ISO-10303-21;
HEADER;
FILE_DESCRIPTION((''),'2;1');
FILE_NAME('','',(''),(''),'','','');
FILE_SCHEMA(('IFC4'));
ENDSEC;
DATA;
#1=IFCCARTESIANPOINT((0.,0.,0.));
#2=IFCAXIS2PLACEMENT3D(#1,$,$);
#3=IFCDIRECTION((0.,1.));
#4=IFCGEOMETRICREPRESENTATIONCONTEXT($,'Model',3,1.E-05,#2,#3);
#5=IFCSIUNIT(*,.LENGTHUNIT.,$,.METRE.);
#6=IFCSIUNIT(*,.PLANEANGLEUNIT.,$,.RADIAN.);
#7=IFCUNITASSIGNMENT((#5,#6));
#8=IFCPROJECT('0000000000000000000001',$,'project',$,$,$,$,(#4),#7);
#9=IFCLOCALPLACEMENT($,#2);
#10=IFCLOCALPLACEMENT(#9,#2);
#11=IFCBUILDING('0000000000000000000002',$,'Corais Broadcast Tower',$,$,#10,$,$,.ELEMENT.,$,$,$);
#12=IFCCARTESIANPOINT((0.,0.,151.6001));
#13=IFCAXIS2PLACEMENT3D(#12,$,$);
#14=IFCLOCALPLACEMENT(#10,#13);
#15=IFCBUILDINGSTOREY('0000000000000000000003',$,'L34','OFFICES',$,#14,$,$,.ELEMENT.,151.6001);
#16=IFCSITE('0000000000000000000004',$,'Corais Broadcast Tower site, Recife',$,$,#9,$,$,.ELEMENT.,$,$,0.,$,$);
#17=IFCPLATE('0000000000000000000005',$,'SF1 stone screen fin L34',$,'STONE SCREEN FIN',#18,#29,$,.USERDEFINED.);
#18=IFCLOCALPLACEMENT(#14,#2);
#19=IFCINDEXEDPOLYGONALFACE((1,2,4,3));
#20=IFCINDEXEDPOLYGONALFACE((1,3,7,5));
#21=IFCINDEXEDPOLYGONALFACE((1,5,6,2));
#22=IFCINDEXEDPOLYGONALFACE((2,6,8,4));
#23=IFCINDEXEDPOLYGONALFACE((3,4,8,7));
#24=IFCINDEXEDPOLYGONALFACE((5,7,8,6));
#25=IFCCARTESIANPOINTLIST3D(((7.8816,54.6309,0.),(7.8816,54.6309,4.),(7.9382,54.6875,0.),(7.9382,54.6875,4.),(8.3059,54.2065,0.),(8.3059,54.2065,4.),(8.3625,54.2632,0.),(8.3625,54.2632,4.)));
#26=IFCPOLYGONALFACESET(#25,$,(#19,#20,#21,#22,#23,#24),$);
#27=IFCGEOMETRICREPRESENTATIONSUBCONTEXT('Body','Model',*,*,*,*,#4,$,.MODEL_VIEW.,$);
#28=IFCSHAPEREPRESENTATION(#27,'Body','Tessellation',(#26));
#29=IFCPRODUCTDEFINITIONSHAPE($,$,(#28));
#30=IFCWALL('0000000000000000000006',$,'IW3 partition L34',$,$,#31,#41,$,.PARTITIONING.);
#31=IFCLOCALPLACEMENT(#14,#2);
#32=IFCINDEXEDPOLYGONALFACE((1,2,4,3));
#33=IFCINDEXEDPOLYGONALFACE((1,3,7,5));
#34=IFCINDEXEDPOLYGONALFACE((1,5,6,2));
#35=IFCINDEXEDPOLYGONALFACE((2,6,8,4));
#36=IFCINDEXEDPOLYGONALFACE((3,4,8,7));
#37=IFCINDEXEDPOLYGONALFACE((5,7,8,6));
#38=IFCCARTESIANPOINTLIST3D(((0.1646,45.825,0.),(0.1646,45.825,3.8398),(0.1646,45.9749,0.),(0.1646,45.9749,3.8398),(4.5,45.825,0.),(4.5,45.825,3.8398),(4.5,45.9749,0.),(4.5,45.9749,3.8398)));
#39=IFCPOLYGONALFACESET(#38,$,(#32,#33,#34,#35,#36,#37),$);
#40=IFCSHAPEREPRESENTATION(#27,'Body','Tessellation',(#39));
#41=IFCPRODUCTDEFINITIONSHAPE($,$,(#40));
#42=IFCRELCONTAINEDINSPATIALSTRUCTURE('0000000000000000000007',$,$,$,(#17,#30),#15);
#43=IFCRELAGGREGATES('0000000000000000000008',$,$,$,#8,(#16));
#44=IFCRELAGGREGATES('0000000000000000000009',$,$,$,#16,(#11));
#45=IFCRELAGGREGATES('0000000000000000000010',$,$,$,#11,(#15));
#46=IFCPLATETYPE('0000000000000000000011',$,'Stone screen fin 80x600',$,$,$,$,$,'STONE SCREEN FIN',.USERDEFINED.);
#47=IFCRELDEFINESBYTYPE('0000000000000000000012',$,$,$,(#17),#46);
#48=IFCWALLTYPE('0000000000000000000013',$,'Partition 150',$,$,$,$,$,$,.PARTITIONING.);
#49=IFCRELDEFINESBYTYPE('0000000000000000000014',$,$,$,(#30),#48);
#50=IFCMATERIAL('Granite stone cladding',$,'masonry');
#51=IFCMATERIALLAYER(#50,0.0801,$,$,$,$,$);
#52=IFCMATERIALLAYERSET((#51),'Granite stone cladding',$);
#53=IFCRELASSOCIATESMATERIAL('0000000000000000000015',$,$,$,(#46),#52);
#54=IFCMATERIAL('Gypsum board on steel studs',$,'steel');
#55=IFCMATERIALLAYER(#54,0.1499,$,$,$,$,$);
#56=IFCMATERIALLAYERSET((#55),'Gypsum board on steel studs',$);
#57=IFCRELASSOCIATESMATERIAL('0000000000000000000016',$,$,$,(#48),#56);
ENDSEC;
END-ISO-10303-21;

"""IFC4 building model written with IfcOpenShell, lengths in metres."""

from ifc_helpers import new_model, si_unit, direction, frame, frame_2d, origin, origin_2d, place, context, subcontext, project, spatial, rectangle, extrude, material, layer, layer_set, type_object, element, save


model = new_model("IFC4")

# Units and contexts
model_context = context("Model", 3, precision=1e-05, world=origin(), true_north=direction((0.0, 1.0)))
body_context = subcontext(model_context, "Body", "Model", "MODEL_VIEW")
ifc_project = project(units=[si_unit("LENGTHUNIT", "METRE"), si_unit("PLANEANGLEUNIT", "RADIAN")], contexts=[model_context])

# Site, building, storey
site_placement = place(None, origin())
site = spatial("IfcSite", under=ifc_project, at=site_placement, Name="Corais Broadcast Tower site, Recife", CompositionType="ELEMENT", RefElevation=0.0)
building_placement = place(site_placement, origin())
building = spatial("IfcBuilding", under=site, at=building_placement, Name="Corais Broadcast Tower", CompositionType="ELEMENT")
storey_placement = place(building_placement, frame((0.0, 0.0, 151.6001)))
storey = spatial("IfcBuildingStorey", under=building, at=storey_placement, Name="L34", Description="OFFICES", CompositionType="ELEMENT", Elevation=151.6001)

# Plate
ifc_material_1 = material(Name="Granite stone cladding", Category="masonry")
ifc_layer_1 = layer(ifc_material_1, 0.0801)
ifc_layer_set_1 = layer_set([ifc_layer_1], Name="Granite stone cladding")
plate_type_1 = type_object("IfcPlateType", Name="Stone screen fin 80x600", ElementType="STONE SCREEN FIN", PredefinedType="USERDEFINED", material=ifc_layer_set_1)
for number, where, z_axis, x_axis, name in (
    (1, (8.1221, 54.447, 0.0), (0.0, 0.0, 1.0), (0.707107, 0.707107, 0.0), "SF1 stone screen fin L34"),
):
    element("IfcPlate", number, at=place(storey_placement, frame(where, z_axis=z_axis, x_axis=x_axis)), inside=storey, type_object=plate_type_1, Name=name, ObjectType="STONE SCREEN FIN", PredefinedType="USERDEFINED", context=body_context, shape_type="SweptSolid", body=[
        extrude(rectangle(XDim=0.0801, YDim=0.6001, at=origin_2d()), origin(), (0.0, 0.0, 1.0), 4.0),
    ])

# Wall
ifc_material_2 = material(Name="Gypsum board on steel studs", Category="steel")
ifc_layer_2 = layer(ifc_material_2, 0.1499)
ifc_layer_set_2 = layer_set([ifc_layer_2], Name="Gypsum board on steel studs")
wall_type = type_object("IfcWallType", Name="Partition 150", PredefinedType="PARTITIONING", material=ifc_layer_set_2)
wall_placement = place(storey_placement, frame((4.5, 45.8999, 0.0), z_axis=(0.0, 0.0, 1.0), x_axis=(-1.0, 0.0, 0.0)))
element("IfcWall", 2, at=wall_placement, inside=storey, type_object=wall_type, Name="IW3 partition L34", PredefinedType="PARTITIONING", context=body_context, shape_type="SweptSolid", body=[
    extrude(rectangle(XDim=4.3354, YDim=0.1499, at=frame_2d((2.1677, 0.0))), origin(), (0.0, 0.0, 1.0), 3.8398),
])

save(model, "model.ifc")
